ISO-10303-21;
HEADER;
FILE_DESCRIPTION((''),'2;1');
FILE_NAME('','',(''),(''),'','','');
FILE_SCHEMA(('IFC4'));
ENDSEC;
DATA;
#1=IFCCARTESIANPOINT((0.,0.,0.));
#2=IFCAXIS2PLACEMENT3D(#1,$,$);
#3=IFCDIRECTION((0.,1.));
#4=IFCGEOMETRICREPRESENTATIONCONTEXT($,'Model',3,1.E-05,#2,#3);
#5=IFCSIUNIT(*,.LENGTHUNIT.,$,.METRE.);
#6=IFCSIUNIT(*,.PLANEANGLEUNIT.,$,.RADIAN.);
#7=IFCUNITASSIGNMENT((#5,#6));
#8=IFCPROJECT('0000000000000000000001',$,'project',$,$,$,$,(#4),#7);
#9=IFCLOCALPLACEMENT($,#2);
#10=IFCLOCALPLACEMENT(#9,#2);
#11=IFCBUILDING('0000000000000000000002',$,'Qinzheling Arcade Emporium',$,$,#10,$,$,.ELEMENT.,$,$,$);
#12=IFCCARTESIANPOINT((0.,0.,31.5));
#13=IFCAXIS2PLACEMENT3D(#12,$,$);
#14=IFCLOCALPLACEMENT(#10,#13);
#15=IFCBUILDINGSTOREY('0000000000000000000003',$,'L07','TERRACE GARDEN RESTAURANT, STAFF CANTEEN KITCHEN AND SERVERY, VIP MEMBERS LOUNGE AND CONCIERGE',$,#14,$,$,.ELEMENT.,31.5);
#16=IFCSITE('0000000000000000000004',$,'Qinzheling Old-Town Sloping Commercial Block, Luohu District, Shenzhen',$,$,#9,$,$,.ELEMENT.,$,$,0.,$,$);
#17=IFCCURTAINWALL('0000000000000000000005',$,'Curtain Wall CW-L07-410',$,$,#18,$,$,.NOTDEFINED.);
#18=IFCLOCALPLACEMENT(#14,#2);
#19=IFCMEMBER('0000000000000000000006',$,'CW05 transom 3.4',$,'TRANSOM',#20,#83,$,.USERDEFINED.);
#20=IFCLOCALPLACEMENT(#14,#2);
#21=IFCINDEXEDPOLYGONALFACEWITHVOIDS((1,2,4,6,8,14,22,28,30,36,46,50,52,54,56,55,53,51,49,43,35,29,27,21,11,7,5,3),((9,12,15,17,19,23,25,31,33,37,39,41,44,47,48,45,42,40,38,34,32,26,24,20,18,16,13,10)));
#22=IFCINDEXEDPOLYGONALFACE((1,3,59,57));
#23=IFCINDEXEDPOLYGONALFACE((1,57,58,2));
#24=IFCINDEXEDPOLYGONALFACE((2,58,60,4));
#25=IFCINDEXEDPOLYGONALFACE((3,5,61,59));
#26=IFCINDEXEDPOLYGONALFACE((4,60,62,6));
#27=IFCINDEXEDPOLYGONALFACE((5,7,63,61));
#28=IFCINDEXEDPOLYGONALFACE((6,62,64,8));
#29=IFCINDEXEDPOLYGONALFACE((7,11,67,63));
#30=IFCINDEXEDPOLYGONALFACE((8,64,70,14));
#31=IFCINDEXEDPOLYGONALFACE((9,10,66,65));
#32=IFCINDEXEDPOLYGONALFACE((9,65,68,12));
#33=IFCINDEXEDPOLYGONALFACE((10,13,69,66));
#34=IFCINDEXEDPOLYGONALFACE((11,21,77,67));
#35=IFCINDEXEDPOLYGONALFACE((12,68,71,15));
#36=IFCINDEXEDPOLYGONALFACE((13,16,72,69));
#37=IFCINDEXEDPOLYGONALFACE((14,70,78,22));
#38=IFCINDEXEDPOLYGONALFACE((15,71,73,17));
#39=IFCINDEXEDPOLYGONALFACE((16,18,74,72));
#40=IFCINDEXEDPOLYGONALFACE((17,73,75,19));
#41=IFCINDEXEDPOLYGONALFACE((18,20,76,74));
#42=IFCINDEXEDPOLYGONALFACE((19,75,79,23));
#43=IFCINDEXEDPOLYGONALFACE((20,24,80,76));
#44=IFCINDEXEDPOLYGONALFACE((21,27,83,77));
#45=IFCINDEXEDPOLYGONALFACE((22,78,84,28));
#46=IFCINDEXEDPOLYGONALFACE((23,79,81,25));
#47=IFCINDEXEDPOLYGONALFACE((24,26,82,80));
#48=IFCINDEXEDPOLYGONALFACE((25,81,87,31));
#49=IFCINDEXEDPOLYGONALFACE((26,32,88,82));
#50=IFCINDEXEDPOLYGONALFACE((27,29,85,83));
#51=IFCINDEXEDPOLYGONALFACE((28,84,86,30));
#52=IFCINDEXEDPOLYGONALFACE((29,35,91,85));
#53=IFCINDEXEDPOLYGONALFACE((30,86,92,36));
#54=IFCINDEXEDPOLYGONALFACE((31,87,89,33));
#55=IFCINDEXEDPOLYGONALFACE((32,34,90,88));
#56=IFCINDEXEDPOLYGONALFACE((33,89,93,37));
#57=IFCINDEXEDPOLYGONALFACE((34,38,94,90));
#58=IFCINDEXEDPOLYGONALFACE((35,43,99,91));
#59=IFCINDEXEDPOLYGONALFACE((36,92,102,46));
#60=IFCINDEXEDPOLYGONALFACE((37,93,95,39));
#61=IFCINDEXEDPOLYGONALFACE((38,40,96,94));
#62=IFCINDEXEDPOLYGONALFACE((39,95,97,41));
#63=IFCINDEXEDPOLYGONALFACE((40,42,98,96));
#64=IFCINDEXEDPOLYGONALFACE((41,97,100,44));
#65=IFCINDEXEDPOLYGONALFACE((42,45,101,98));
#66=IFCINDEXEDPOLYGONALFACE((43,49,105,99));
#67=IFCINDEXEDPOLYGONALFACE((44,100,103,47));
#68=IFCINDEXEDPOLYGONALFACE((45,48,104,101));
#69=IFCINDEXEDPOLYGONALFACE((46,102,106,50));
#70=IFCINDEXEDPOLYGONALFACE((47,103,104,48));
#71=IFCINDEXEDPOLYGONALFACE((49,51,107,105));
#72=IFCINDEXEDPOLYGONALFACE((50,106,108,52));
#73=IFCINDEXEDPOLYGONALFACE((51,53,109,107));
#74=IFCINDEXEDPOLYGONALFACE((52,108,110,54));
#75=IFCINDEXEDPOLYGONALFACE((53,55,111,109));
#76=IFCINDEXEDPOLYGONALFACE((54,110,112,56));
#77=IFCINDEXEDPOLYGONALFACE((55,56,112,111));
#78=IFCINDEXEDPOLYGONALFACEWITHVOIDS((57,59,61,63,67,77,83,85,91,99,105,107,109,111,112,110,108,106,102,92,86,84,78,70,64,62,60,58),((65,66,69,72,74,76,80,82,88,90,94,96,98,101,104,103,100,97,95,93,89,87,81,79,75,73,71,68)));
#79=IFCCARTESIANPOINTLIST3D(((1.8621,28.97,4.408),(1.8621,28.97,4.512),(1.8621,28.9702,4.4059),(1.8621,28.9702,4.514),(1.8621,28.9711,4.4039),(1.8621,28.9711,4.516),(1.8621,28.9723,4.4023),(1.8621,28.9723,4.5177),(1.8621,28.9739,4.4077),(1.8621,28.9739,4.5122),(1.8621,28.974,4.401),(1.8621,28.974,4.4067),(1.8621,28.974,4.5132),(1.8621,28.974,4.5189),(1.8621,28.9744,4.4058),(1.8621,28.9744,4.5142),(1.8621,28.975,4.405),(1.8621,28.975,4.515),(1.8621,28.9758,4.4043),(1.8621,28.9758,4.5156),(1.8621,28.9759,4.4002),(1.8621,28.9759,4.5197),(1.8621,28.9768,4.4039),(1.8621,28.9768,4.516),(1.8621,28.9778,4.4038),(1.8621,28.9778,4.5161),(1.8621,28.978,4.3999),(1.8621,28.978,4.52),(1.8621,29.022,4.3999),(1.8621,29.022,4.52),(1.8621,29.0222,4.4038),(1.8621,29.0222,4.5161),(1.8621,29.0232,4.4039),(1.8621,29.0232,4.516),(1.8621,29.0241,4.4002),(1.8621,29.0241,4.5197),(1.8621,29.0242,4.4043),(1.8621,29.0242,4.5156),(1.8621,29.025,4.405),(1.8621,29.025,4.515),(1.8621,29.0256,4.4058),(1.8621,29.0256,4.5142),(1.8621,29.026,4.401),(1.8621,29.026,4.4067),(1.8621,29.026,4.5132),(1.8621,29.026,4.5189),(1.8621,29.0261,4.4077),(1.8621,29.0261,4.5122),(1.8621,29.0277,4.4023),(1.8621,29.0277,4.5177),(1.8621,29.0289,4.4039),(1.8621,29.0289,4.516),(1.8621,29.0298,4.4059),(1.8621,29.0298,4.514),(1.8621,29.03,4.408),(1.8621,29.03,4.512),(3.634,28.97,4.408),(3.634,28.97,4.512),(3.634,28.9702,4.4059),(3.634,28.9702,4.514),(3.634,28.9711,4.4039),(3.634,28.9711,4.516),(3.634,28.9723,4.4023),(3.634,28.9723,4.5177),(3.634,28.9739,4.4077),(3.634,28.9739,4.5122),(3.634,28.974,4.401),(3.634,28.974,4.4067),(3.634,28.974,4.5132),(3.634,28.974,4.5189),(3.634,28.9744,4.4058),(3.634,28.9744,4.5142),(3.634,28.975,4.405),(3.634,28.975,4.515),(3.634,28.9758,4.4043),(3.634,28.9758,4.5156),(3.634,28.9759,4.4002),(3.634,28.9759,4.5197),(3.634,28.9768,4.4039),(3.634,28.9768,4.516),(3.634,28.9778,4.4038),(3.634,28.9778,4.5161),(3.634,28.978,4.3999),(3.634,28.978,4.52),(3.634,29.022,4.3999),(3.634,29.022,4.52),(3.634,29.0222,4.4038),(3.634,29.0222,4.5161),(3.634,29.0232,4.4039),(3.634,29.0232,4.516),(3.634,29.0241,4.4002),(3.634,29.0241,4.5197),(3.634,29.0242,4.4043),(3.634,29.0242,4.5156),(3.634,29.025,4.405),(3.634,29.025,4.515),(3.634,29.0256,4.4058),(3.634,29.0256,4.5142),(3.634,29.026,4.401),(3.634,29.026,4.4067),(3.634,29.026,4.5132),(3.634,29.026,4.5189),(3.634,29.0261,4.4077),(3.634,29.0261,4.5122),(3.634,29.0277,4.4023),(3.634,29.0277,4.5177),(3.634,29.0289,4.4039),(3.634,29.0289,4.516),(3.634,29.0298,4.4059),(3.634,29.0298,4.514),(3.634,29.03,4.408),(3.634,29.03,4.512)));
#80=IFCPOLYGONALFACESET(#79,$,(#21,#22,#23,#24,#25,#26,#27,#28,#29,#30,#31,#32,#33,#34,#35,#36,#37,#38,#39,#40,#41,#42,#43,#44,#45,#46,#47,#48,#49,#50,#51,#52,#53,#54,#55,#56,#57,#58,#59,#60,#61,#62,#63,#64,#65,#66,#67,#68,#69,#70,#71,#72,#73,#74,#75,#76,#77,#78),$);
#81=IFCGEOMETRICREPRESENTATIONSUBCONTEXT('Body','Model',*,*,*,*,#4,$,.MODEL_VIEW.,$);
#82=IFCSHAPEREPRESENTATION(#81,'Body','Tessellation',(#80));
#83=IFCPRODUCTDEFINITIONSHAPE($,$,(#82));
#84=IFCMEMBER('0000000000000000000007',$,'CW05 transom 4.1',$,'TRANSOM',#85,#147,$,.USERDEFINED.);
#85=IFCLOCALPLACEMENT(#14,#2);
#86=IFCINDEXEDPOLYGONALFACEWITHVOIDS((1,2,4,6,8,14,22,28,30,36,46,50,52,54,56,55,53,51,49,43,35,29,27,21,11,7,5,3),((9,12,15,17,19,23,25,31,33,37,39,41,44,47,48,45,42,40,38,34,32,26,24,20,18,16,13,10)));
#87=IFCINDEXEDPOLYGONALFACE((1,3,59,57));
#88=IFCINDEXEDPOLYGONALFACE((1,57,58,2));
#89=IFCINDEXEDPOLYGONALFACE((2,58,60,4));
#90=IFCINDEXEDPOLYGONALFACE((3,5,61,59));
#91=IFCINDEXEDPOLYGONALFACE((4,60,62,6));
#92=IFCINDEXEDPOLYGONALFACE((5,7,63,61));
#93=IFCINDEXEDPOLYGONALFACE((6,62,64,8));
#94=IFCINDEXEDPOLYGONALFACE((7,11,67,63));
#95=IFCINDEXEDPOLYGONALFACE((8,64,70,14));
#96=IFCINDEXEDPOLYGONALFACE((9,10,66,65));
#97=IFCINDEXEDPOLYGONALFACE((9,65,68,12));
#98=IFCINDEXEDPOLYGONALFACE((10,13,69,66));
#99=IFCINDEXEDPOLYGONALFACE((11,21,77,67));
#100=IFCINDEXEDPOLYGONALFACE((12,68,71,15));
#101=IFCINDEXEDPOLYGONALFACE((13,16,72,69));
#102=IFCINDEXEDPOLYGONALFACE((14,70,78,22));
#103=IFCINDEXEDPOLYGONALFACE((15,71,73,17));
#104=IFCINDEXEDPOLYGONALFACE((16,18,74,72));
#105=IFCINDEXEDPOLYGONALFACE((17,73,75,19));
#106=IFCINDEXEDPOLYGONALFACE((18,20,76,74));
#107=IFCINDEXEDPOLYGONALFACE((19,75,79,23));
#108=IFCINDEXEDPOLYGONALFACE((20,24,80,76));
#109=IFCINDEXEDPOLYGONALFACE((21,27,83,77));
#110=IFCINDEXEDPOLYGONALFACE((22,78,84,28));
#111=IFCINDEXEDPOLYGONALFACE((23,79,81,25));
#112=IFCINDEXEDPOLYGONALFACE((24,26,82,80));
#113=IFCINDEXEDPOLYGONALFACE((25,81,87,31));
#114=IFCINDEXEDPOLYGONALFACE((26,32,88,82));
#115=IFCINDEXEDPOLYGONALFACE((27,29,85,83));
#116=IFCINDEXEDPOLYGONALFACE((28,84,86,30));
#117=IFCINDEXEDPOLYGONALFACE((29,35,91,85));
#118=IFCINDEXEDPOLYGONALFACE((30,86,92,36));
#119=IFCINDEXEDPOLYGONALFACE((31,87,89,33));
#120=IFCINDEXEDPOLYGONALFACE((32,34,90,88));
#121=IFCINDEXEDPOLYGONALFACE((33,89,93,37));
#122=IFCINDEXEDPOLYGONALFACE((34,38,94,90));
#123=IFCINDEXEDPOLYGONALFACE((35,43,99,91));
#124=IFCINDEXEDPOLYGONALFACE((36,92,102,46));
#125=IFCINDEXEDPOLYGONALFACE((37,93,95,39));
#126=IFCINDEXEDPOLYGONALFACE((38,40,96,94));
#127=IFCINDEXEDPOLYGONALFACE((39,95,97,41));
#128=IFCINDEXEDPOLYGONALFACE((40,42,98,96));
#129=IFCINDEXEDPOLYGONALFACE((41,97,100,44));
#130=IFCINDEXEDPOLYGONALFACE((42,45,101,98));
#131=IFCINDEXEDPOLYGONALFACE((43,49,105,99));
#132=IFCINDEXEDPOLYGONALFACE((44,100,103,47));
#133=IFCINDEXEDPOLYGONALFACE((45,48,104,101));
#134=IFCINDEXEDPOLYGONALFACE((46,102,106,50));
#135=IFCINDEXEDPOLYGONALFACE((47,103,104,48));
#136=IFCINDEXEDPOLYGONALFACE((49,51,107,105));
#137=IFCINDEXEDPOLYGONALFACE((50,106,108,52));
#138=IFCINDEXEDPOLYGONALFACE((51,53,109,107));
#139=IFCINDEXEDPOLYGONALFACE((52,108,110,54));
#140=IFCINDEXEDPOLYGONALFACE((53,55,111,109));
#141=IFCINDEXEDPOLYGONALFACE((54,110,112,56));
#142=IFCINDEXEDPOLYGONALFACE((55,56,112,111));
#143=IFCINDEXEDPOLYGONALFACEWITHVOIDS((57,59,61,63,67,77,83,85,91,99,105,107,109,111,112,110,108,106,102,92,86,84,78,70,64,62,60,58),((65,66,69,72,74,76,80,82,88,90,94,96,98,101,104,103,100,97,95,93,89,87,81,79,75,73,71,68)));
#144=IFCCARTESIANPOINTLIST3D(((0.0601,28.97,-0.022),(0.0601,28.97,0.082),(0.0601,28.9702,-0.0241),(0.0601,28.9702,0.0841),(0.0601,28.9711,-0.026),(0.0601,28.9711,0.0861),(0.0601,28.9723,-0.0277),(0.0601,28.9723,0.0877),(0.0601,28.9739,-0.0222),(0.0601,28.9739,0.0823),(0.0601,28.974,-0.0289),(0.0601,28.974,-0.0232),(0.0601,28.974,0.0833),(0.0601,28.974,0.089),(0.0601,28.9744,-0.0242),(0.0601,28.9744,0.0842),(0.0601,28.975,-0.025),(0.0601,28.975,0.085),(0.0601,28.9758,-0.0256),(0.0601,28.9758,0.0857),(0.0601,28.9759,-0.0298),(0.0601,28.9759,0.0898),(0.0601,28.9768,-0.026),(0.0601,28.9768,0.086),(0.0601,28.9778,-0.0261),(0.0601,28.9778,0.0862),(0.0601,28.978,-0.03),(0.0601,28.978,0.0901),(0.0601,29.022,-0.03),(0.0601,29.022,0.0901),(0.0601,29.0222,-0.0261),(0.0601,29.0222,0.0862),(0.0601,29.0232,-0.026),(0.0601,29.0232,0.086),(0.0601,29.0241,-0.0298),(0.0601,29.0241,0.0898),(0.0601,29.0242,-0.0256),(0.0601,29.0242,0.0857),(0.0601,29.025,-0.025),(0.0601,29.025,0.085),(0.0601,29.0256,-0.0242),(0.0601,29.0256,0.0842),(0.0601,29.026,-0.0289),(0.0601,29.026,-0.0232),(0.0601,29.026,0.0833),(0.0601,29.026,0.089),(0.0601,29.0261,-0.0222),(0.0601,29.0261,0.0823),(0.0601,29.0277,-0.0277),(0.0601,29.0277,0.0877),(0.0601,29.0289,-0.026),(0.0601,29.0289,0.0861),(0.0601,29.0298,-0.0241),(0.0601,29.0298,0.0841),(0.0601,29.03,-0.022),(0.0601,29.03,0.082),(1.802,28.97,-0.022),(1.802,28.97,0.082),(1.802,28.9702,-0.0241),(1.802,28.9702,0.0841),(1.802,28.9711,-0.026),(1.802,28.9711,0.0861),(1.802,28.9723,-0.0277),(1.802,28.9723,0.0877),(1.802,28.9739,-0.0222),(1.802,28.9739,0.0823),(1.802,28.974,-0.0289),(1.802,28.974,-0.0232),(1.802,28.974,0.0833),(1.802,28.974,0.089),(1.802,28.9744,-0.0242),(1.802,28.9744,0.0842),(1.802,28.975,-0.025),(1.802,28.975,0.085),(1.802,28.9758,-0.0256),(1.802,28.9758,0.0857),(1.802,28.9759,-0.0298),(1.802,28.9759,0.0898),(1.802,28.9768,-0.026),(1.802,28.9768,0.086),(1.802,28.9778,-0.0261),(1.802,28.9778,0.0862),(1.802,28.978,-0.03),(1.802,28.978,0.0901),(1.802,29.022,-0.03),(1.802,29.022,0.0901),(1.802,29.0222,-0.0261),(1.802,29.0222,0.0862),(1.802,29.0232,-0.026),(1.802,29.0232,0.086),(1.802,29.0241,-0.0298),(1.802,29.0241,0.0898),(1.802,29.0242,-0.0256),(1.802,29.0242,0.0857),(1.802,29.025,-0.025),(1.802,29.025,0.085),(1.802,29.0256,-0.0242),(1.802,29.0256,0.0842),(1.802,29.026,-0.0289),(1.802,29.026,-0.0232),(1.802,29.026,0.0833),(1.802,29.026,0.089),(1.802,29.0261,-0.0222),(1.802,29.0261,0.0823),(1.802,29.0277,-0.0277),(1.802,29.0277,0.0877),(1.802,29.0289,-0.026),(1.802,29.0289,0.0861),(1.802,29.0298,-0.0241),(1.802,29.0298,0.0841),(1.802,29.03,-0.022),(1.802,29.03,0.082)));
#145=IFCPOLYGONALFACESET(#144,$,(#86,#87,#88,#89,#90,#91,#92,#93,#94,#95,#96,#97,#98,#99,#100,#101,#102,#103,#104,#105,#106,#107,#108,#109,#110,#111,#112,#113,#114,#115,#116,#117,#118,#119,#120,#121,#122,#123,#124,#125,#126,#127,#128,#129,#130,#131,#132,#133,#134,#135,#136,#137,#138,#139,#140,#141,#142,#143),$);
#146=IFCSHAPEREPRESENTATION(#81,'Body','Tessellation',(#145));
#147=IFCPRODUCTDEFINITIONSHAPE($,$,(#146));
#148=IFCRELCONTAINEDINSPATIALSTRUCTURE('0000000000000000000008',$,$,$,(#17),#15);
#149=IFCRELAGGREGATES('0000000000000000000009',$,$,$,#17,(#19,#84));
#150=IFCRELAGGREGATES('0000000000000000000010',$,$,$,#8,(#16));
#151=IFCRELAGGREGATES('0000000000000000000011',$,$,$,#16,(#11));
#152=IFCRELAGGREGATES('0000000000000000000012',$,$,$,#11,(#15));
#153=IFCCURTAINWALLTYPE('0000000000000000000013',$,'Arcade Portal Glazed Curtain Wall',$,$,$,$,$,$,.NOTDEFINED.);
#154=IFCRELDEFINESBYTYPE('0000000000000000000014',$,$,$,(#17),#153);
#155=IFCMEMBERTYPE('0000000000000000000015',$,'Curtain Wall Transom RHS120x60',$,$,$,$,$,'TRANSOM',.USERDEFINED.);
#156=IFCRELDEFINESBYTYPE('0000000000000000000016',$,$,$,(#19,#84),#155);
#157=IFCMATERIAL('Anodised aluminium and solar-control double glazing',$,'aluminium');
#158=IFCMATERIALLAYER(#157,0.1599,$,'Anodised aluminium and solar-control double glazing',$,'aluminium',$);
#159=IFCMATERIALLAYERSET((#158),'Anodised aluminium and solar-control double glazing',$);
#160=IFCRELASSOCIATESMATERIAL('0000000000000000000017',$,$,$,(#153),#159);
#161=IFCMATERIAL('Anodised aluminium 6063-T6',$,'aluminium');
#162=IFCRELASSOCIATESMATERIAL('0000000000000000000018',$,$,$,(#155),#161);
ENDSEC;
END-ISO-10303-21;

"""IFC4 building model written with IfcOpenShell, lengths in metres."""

from ifc_helpers import new_model, si_unit, direction, frame, origin, origin_2d, place, context, subcontext, project, spatial, hollow_rectangle, extrude, material, layer, layer_set, material_profile, profile_set, type_object, element, aggregate, save


model = new_model("IFC4")

# Units and contexts
model_context = context("Model", 3, precision=1e-05, world=origin(), true_north=direction((0.0, 1.0)))
body_context = subcontext(model_context, "Body", "Model", "MODEL_VIEW")
ifc_project = project(units=[si_unit("LENGTHUNIT", "METRE"), si_unit("PLANEANGLEUNIT", "RADIAN")], contexts=[model_context])

# Site, building, storey
site_placement = place(None, origin())
site = spatial("IfcSite", under=ifc_project, at=site_placement, Name="Qinzheling Old-Town Sloping Commercial Block, Luohu District, Shenzhen", CompositionType="ELEMENT", RefElevation=0.0)
building_placement = place(site_placement, origin())
building = spatial("IfcBuilding", under=site, at=building_placement, Name="Qinzheling Arcade Emporium", CompositionType="ELEMENT")
storey_placement = place(building_placement, frame((0.0, 0.0, 31.5)))
storey = spatial("IfcBuildingStorey", under=building, at=storey_placement, Name="L07", Description="TERRACE GARDEN RESTAURANT, STAFF CANTEEN KITCHEN AND SERVERY, VIP MEMBERS LOUNGE AND CONCIERGE", CompositionType="ELEMENT", Elevation=31.5)

# Curtain wall, members
ifc_material_1 = material(Name="Anodised aluminium and solar-control double glazing", Category="aluminium")
ifc_layer_1 = layer(ifc_material_1, 0.1599, Name="Anodised aluminium and solar-control double glazing", Category="aluminium")
ifc_layer_set_1 = layer_set([ifc_layer_1], Name="Anodised aluminium and solar-control double glazing")
curtain_wall_type = type_object("IfcCurtainWallType", Name="Arcade Portal Glazed Curtain Wall", PredefinedType="NOTDEFINED", material=ifc_layer_set_1)
curtain_wall_placement = place(storey_placement, origin())
curtain_wall = element("IfcCurtainWall", 1, at=curtain_wall_placement, inside=storey, type_object=curtain_wall_type, Name="Curtain Wall CW-L07-410", PredefinedType="NOTDEFINED")
ifc_material_2 = material(Name="Anodised aluminium 6063-T6", Category="aluminium")
ifc_material_profile_1 = material_profile(ifc_material_2, hollow_rectangle(XDim=0.0601, YDim=0.1201, WallThickness=0.0039, InnerFilletRadius=0.0039, OuterFilletRadius=0.0081, at=origin_2d()), Name="RHS 120x60x4", Category="aluminium")
ifc_profile_set_1 = profile_set([ifc_material_profile_1], Name="Anodised aluminium 6063-T6")
member_type_1 = type_object("IfcMemberType", Name="Curtain Wall Transom RHS120x60", ElementType="TRANSOM", PredefinedType="USERDEFINED", material=ifc_profile_set_1)
member_1_placement = place(storey_placement, frame((3.634, 29.0, 4.46), z_axis=(-1.0, 0.0, 0.0), x_axis=(0.0, -1.0, 0.0)))
member_1 = element("IfcMember", 2, at=member_1_placement, type_object=member_type_1, Name="CW05 transom 3.4", ObjectType="TRANSOM", PredefinedType="USERDEFINED", context=body_context, shape_type="SweptSolid", body=[
    extrude(hollow_rectangle(XDim=0.0601, YDim=0.1201, WallThickness=0.0039, InnerFilletRadius=0.0039, OuterFilletRadius=0.0081, at=origin_2d()), origin(), (0.0, 0.0, 1.0), 1.772),
])
member_2_placement = place(storey_placement, frame((1.802, 29.0, 0.03), z_axis=(-1.0, 0.0, 0.0), x_axis=(0.0, -1.0, 0.0)))
member_2 = element("IfcMember", 3, at=member_2_placement, type_object=member_type_1, Name="CW05 transom 4.1", ObjectType="TRANSOM", PredefinedType="USERDEFINED", context=body_context, shape_type="SweptSolid", body=[
    extrude(hollow_rectangle(XDim=0.0601, YDim=0.1201, WallThickness=0.0039, InnerFilletRadius=0.0039, OuterFilletRadius=0.0081, at=origin_2d()), origin(), (0.0, 0.0, 1.0), 1.7419),
])
aggregate(curtain_wall, [member_1, member_2])

save(model, "model.ifc")
